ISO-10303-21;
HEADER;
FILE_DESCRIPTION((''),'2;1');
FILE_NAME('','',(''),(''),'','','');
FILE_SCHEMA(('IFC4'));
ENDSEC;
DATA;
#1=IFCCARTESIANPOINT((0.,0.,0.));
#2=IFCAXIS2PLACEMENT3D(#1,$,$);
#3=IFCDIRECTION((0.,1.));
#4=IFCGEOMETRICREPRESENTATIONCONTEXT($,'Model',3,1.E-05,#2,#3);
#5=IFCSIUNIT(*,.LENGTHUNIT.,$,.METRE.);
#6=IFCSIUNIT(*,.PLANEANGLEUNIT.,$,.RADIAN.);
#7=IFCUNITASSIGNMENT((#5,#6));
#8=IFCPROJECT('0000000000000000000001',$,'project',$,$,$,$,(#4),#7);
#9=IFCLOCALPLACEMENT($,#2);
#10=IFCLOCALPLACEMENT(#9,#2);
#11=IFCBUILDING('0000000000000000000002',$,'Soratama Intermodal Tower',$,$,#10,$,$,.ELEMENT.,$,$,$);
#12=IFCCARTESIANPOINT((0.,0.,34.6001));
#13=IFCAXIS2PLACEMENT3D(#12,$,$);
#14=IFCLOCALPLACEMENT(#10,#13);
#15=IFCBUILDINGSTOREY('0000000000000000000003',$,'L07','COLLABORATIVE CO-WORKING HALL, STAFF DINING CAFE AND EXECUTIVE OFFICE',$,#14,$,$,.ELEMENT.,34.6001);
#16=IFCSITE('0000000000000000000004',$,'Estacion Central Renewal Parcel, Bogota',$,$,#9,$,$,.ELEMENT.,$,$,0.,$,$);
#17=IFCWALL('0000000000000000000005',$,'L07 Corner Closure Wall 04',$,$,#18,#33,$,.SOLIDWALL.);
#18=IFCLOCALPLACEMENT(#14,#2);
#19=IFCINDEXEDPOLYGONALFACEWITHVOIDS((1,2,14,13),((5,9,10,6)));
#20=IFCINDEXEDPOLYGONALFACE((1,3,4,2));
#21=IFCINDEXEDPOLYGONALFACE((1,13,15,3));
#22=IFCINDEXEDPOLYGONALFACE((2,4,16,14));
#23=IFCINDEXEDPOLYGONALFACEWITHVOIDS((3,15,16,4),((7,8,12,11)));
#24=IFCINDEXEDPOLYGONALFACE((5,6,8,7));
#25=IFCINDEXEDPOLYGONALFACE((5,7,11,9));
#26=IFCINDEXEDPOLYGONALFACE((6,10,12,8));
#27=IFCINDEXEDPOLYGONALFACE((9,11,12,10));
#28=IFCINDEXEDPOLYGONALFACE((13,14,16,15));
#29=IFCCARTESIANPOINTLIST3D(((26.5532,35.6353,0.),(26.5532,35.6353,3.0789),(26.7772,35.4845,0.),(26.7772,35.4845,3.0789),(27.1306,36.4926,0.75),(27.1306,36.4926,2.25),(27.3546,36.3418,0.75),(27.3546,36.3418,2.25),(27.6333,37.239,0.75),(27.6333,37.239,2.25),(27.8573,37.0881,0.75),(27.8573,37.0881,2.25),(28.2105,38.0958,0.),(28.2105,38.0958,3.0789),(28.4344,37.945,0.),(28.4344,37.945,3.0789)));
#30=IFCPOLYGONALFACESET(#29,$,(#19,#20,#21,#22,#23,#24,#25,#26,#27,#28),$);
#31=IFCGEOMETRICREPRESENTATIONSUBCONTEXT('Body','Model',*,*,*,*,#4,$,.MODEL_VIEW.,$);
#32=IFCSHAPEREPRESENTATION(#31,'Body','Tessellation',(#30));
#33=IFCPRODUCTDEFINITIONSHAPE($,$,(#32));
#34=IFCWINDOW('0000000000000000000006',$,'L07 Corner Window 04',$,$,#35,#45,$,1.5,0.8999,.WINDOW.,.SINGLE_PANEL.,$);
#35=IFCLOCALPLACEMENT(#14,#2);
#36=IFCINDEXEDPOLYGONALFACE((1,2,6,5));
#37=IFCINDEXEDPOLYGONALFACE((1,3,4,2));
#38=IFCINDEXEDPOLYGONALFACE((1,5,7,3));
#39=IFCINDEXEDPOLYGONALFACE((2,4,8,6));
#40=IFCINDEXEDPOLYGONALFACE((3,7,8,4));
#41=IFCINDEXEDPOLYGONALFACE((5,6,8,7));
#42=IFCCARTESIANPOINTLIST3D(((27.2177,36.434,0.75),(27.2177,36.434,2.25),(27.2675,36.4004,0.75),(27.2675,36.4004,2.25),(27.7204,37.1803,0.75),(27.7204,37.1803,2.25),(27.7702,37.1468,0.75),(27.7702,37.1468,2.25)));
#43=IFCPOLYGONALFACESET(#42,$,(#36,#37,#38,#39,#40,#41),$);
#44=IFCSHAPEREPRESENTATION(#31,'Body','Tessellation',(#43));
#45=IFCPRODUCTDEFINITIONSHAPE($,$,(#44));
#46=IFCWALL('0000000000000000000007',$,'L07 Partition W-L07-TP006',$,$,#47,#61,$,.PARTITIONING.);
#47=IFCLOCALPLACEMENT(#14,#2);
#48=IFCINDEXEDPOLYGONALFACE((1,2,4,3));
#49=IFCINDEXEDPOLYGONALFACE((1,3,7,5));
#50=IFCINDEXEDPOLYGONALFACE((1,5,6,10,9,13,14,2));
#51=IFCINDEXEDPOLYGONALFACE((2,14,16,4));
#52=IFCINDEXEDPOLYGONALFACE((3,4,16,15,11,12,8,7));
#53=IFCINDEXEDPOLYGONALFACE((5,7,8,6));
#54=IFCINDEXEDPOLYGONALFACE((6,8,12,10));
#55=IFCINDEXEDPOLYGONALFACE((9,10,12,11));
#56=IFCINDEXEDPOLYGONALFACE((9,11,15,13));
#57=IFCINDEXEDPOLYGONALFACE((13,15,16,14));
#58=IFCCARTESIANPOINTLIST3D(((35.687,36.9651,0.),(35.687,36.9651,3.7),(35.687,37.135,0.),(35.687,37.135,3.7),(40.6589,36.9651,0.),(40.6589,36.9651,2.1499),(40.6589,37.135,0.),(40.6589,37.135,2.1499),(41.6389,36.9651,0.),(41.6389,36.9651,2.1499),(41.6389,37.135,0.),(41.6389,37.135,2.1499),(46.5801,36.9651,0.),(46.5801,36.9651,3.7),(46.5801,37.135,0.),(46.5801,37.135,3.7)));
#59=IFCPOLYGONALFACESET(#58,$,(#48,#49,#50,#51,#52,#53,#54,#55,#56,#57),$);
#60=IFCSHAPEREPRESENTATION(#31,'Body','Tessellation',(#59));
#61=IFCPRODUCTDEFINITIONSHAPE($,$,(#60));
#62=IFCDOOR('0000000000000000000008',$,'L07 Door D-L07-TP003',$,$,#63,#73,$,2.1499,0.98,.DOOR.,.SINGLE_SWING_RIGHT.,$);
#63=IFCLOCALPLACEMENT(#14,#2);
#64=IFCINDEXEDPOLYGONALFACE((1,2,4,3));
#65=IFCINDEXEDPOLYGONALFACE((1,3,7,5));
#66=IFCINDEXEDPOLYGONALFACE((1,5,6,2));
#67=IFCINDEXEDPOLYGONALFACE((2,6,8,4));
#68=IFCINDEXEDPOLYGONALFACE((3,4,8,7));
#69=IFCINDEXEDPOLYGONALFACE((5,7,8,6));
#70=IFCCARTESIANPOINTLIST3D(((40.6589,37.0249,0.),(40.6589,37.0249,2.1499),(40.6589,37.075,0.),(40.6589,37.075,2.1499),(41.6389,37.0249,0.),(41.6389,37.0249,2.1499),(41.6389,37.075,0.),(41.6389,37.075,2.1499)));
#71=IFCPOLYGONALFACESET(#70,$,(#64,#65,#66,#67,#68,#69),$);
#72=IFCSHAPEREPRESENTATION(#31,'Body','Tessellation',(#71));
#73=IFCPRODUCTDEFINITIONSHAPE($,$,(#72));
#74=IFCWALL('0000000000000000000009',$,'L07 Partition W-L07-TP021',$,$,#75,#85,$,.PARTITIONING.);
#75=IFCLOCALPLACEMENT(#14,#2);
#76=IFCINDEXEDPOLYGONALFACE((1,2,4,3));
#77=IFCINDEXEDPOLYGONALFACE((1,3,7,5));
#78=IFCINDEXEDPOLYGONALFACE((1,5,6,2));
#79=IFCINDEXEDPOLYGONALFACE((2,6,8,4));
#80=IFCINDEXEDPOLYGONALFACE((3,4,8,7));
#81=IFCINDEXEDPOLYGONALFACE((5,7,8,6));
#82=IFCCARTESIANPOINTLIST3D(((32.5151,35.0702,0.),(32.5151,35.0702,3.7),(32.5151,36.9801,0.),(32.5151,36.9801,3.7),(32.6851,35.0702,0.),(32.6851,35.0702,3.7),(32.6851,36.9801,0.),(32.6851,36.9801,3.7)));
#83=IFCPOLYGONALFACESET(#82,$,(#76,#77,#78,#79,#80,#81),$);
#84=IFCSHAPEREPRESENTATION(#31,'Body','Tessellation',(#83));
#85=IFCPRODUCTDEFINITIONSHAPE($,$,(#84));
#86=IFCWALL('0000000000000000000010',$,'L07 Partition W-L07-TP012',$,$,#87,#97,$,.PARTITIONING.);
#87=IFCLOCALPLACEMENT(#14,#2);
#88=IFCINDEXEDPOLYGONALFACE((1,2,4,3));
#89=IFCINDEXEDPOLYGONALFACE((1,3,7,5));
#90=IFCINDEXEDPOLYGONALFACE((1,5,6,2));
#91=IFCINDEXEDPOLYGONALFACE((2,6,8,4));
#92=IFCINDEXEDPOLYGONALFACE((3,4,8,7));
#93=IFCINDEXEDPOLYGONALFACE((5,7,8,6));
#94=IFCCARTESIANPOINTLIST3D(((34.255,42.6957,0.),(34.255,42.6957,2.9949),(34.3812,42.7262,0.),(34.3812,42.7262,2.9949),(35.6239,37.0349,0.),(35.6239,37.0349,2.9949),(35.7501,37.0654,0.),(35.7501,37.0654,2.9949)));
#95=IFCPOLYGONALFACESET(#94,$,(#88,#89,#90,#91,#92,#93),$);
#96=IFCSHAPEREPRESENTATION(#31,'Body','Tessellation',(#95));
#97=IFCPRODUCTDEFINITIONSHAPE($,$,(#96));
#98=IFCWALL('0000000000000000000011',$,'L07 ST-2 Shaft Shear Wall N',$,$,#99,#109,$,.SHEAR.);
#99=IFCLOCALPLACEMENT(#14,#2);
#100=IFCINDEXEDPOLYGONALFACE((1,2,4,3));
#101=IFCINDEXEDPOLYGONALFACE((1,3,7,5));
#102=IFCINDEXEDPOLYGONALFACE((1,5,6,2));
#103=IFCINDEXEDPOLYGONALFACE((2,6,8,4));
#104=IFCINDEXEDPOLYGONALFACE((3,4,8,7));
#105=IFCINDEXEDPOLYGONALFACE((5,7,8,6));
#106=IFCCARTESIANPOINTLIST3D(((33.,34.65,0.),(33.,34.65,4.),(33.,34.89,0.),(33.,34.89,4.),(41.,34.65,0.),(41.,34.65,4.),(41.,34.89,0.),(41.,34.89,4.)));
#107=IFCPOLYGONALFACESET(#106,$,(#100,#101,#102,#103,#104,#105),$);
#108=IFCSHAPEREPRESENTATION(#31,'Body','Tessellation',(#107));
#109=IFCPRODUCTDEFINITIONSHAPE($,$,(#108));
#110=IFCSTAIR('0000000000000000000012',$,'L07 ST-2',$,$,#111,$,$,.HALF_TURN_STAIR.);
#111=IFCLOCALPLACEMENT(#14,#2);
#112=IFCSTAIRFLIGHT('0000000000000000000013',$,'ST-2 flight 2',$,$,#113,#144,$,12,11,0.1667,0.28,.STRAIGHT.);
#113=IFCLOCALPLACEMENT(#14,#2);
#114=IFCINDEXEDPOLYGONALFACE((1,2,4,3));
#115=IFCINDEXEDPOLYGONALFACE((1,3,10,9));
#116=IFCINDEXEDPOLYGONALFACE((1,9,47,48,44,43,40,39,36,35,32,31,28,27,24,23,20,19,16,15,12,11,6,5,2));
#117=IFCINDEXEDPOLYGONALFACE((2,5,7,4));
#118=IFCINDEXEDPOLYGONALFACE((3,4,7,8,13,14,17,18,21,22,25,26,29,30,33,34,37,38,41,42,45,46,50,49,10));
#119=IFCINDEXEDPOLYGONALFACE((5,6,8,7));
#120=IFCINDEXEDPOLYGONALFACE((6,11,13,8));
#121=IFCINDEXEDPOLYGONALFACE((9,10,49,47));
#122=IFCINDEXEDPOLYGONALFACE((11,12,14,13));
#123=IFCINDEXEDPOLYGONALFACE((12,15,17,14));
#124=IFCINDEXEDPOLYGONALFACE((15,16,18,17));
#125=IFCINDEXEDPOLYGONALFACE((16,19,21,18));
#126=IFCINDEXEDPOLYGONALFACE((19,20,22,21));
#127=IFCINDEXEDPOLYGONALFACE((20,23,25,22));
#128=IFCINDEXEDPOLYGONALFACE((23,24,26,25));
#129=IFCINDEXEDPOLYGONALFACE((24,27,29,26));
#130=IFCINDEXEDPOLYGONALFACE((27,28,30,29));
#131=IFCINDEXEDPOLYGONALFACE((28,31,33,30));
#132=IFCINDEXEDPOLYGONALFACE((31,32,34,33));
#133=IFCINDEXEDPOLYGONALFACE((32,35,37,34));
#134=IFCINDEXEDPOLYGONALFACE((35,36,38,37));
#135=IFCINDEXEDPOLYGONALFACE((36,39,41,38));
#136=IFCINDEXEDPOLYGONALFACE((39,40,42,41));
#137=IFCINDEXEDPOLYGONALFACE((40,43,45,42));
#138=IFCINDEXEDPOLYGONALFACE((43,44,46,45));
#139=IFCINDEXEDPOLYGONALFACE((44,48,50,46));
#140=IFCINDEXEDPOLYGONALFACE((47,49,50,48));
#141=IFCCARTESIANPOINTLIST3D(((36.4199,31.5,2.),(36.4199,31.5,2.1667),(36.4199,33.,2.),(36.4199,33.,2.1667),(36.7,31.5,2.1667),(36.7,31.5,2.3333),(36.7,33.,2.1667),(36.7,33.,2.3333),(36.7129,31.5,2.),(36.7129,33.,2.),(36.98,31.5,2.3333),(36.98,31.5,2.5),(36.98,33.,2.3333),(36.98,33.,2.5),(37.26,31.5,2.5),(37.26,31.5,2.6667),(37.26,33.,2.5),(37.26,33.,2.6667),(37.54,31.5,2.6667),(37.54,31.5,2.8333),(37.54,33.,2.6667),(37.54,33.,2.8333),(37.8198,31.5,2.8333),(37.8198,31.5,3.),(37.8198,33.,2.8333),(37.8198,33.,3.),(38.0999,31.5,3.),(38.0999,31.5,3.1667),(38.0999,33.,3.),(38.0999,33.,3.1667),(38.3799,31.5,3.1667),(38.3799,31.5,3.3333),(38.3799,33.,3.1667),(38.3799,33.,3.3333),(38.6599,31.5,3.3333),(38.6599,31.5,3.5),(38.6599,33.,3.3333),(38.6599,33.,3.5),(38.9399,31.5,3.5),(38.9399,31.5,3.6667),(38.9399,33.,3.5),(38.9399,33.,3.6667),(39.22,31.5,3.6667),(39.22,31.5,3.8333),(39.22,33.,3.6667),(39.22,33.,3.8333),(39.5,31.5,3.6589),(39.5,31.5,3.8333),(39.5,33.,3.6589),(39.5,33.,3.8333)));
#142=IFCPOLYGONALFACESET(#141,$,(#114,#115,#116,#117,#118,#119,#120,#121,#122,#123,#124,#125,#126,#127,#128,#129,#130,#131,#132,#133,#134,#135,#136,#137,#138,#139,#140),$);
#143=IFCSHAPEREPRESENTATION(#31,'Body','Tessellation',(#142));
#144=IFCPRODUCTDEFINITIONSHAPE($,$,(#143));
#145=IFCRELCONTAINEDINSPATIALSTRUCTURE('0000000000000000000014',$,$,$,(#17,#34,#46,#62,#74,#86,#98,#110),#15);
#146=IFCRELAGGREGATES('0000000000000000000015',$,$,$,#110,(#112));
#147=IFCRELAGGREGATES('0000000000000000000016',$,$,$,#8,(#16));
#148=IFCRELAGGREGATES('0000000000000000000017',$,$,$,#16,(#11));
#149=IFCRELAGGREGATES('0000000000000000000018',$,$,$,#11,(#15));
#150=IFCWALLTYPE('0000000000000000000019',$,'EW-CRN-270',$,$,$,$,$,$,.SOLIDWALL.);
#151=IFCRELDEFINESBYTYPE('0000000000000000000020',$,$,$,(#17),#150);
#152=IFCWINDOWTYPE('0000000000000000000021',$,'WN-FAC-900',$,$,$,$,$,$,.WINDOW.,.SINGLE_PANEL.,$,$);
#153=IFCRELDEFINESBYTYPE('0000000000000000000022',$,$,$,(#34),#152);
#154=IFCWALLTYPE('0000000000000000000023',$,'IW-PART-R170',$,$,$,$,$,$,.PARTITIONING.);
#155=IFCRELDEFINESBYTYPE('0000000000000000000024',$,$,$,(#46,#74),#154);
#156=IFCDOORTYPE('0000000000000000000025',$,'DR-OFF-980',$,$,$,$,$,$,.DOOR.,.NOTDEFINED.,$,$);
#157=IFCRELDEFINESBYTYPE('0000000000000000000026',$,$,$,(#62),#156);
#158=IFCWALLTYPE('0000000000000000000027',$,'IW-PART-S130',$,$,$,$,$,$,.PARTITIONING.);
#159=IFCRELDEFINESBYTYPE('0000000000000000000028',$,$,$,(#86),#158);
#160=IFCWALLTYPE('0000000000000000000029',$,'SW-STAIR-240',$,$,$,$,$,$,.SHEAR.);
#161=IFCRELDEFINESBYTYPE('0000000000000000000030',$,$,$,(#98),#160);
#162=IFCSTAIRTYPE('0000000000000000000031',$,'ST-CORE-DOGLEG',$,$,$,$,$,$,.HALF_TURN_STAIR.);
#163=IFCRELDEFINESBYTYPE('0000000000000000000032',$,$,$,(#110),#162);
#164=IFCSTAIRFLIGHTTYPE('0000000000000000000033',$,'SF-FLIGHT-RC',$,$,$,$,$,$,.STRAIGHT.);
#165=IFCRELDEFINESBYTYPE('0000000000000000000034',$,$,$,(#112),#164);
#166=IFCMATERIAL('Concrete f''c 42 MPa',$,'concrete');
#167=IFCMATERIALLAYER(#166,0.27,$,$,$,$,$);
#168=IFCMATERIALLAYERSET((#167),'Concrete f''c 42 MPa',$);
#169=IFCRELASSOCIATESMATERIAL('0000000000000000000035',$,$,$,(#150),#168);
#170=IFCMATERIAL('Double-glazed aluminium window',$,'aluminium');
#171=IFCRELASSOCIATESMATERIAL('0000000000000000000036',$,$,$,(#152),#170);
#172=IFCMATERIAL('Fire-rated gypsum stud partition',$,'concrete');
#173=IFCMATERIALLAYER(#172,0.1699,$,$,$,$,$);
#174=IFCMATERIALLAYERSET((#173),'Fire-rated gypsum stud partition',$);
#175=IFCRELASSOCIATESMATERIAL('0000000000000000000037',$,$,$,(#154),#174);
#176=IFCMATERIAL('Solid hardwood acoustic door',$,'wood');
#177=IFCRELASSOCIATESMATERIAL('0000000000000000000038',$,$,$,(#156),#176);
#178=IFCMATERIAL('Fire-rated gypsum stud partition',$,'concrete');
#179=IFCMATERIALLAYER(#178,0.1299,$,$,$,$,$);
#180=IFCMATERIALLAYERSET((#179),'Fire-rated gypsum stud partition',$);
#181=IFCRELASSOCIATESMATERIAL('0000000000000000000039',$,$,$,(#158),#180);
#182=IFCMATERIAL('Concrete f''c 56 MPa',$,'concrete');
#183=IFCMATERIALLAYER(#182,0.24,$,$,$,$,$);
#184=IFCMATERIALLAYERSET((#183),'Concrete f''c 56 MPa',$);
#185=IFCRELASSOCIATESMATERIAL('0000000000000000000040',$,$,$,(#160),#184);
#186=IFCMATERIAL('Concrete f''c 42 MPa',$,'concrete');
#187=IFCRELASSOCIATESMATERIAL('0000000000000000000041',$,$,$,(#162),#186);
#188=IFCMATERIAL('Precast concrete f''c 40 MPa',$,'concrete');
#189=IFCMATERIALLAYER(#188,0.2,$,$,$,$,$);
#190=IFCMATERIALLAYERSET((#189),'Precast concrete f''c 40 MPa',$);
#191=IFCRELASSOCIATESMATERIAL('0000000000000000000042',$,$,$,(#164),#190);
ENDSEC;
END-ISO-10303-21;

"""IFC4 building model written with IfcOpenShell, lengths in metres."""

from ifc_helpers import new_model, si_unit, direction, frame, frame_2d, origin, place, context, subcontext, project, spatial, polyline, rectangle, outline, extrude, material, layer, layer_set, type_object, element, fill, aggregate, save


model = new_model("IFC4")

# Units and contexts
model_context = context("Model", 3, precision=1e-05, world=origin(), true_north=direction((0.0, 1.0)))
body_context = subcontext(model_context, "Body", "Model", "MODEL_VIEW")
ifc_project = project(units=[si_unit("LENGTHUNIT", "METRE"), si_unit("PLANEANGLEUNIT", "RADIAN")], contexts=[model_context])

# Site, building, storey
site_placement = place(None, origin())
site = spatial("IfcSite", under=ifc_project, at=site_placement, Name="Estacion Central Renewal Parcel, Bogota", CompositionType="ELEMENT", RefElevation=0.0)
building_placement = place(site_placement, origin())
building = spatial("IfcBuilding", under=site, at=building_placement, Name="Soratama Intermodal Tower", CompositionType="ELEMENT")
storey_placement = place(building_placement, frame((0.0, 0.0, 34.6001)))
storey = spatial("IfcBuildingStorey", under=building, at=storey_placement, Name="L07", Description="COLLABORATIVE CO-WORKING HALL, STAFF DINING CAFE AND EXECUTIVE OFFICE", CompositionType="ELEMENT", Elevation=34.6001)

# Wall, opening, window
ifc_material_1 = material(Name="Concrete f'c 42 MPa", Category="concrete")
ifc_layer_1 = layer(ifc_material_1, 0.27)
ifc_layer_set_1 = layer_set([ifc_layer_1], Name="Concrete f'c 42 MPa")
wall_type_1 = type_object("IfcWallType", Name="EW-CRN-270", PredefinedType="SOLIDWALL", material=ifc_layer_set_1)
wall_1_placement = place(storey_placement, frame((28.3225, 38.0205, 0.0), z_axis=(0.0, 0.0, 1.0), x_axis=(-0.558644, -0.829407, 0.0)))
wall_1 = element("IfcWall", 1, at=wall_1_placement, inside=storey, type_object=wall_type_1, Name="L07 Corner Closure Wall 04", PredefinedType="SOLIDWALL", context=body_context, shape_type="SweptSolid", body=[
    extrude(rectangle(XDim=2.9666, YDim=0.27, at=frame_2d((1.4834, 0.0))), origin(), (0.0, 0.0, 1.0), 3.0789),
])
opening_1_placement = place(wall_1_placement, frame((1.0332, 0.0, 0.75)))
opening_1 = element("IfcOpeningElement", 2, at=opening_1_placement, cuts=wall_1, PredefinedType="OPENING", context=body_context, shape_type="SweptSolid", body=[
    extrude(rectangle(XDim=0.8999, YDim=1.5, at=frame_2d((0.45, 0.75))), frame((0.0, 0.145, 0.0), z_axis=(0.0, -1.0, 0.0), x_axis=(1.0, 0.0, 0.0)), (0.0, 0.0, 1.0), 0.29),
])
ifc_material_2 = material(Name="Double-glazed aluminium window", Category="aluminium")
window_type_1 = type_object("IfcWindowType", Name="WN-FAC-900", PartitioningType="SINGLE_PANEL", PredefinedType="WINDOW", material=ifc_material_2)
window_1_placement = place(opening_1_placement, origin())
window_1 = element("IfcWindow", 3, at=window_1_placement, inside=storey, type_object=window_type_1, Name="L07 Corner Window 04", OverallHeight=1.5, OverallWidth=0.8999, PartitioningType="SINGLE_PANEL", PredefinedType="WINDOW", context=body_context, shape_type="SweptSolid", body=[
    extrude(rectangle(XDim=0.8999, YDim=1.5, at=frame_2d((0.45, 0.75))), frame((0.0, 0.03, 0.0), z_axis=(0.0, -1.0, 0.0), x_axis=(1.0, 0.0, 0.0)), (0.0, 0.0, 1.0), 0.0601),
])
fill(opening_1, window_1)

# Wall, opening, door
ifc_material_3 = material(Name="Fire-rated gypsum stud partition", Category="concrete")
ifc_layer_2 = layer(ifc_material_3, 0.1699)
ifc_layer_set_2 = layer_set([ifc_layer_2], Name="Fire-rated gypsum stud partition")
wall_type_2 = type_object("IfcWallType", Name="IW-PART-R170", PredefinedType="PARTITIONING", material=ifc_layer_set_2)
wall_2_placement = place(storey_placement, frame((35.687, 37.05, 0.0), z_axis=(0.0, 0.0, 1.0), x_axis=(1.0, 0.0, 0.0)))
wall_2 = element("IfcWall", 4, at=wall_2_placement, inside=storey, type_object=wall_type_2, Name="L07 Partition W-L07-TP006", PredefinedType="PARTITIONING", context=body_context, shape_type="SweptSolid", body=[
    extrude(rectangle(XDim=10.8931, YDim=0.1699, at=frame_2d((5.4465, 0.0))), origin(), (0.0, 0.0, 1.0), 3.7),
])
opening_2_placement = place(wall_2_placement, frame((4.9719, 0.0, 0.0)))
opening_2 = element("IfcOpeningElement", 5, at=opening_2_placement, cuts=wall_2, PredefinedType="OPENING", context=body_context, shape_type="SweptSolid", body=[
    extrude(rectangle(XDim=0.98, YDim=2.1499, at=frame_2d((0.49, 1.075))), frame((0.0, 0.095, 0.0), z_axis=(0.0, -1.0, 0.0), x_axis=(1.0, 0.0, 0.0)), (0.0, 0.0, 1.0), 0.1899),
])
ifc_material_4 = material(Name="Solid hardwood acoustic door", Category="wood")
door_type_1 = type_object("IfcDoorType", Name="DR-OFF-980", OperationType="NOTDEFINED", PredefinedType="DOOR", material=ifc_material_4)
door_1_placement = place(opening_2_placement, origin())
door_1 = element("IfcDoor", 6, at=door_1_placement, inside=storey, type_object=door_type_1, Name="L07 Door D-L07-TP003", OperationType="SINGLE_SWING_RIGHT", OverallHeight=2.1499, OverallWidth=0.98, PredefinedType="DOOR", context=body_context, shape_type="SweptSolid", body=[
    extrude(rectangle(XDim=0.98, YDim=2.1499, at=frame_2d((0.49, 1.075))), frame((0.0, 0.0249, 0.0), z_axis=(0.0, -1.0, 0.0), x_axis=(1.0, 0.0, 0.0)), (0.0, 0.0, 1.0), 0.05),
])
fill(opening_2, door_1)

# Walls
wall_3_placement = place(storey_placement, frame((32.6001, 35.0701, 0.0), z_axis=(0.0, 0.0, 1.0), x_axis=(0.0, 1.0, 0.0)))
element("IfcWall", 7, at=wall_3_placement, inside=storey, type_object=wall_type_2, Name="L07 Partition W-L07-TP021", PredefinedType="PARTITIONING", context=body_context, shape_type="SweptSolid", body=[
    extrude(rectangle(XDim=1.9099, YDim=0.1699, at=frame_2d((0.9551, 0.0))), origin(), (0.0, 0.0, 1.0), 3.7),
])
ifc_material_5 = material(Name="Fire-rated gypsum stud partition", Category="concrete")
ifc_layer_3 = layer(ifc_material_5, 0.1299)
ifc_layer_set_3 = layer_set([ifc_layer_3], Name="Fire-rated gypsum stud partition")
wall_type_3 = type_object("IfcWallType", Name="IW-PART-S130", PredefinedType="PARTITIONING", material=ifc_layer_set_3)
wall_4_placement = place(storey_placement, frame((35.687, 37.05, 0.0), z_axis=(0.0, 0.0, 1.0), x_axis=(-0.235042, 0.971985, 0.0)))
element("IfcWall", 8, at=wall_4_placement, inside=storey, type_object=wall_type_3, Name="L07 Partition W-L07-TP012", PredefinedType="PARTITIONING", context=body_context, shape_type="SweptSolid", body=[
    extrude(rectangle(XDim=5.824, YDim=0.1299, at=frame_2d((2.9121, 0.0))), origin(), (0.0, 0.0, 1.0), 2.9949),
])
ifc_material_6 = material(Name="Concrete f'c 56 MPa", Category="concrete")
ifc_layer_4 = layer(ifc_material_6, 0.24)
ifc_layer_set_4 = layer_set([ifc_layer_4], Name="Concrete f'c 56 MPa")
wall_type_4 = type_object("IfcWallType", Name="SW-STAIR-240", PredefinedType="SHEAR", material=ifc_layer_set_4)
wall_5_placement = place(storey_placement, frame((33.0, 34.77, 0.0), z_axis=(0.0, 0.0, 1.0), x_axis=(1.0, 0.0, 0.0)))
element("IfcWall", 9, at=wall_5_placement, inside=storey, type_object=wall_type_4, Name="L07 ST-2 Shaft Shear Wall N", PredefinedType="SHEAR", context=body_context, shape_type="SweptSolid", body=[
    extrude(rectangle(XDim=8.0, YDim=0.24, at=frame_2d((4.0, 0.0))), origin(), (0.0, 0.0, 1.0), 4.0),
])

# Stair, stair flight
ifc_material_7 = material(Name="Concrete f'c 42 MPa", Category="concrete")
stair_type = type_object("IfcStairType", Name="ST-CORE-DOGLEG", PredefinedType="HALF_TURN_STAIR", material=ifc_material_7)
stair_placement = place(storey_placement, origin())
stair = element("IfcStair", 10, at=stair_placement, inside=storey, type_object=stair_type, Name="L07 ST-2", PredefinedType="HALF_TURN_STAIR")
ifc_material_8 = material(Name="Precast concrete f'c 40 MPa", Category="concrete")
ifc_layer_5 = layer(ifc_material_8, 0.2)
ifc_layer_set_5 = layer_set([ifc_layer_5], Name="Precast concrete f'c 40 MPa")
stair_flight_type = type_object("IfcStairFlightType", Name="SF-FLIGHT-RC", PredefinedType="STRAIGHT", material=ifc_layer_set_5)
stair_flight_placement = place(storey_placement, frame((36.4199, 32.25, 2.0), z_axis=(0.0, 0.0, 1.0), x_axis=(1.0, 0.0, 0.0)))
stair_flight = element("IfcStairFlight", 11, at=stair_flight_placement, type_object=stair_flight_type, Name="ST-2 flight 2", NumberOfRisers=12, NumberOfTreads=11, PredefinedType="STRAIGHT", RiserHeight=0.1667, TreadLength=0.28, context=body_context, shape_type="SweptSolid", body=[
    extrude(outline(polyline([(0.0, 0.0), (0.0, 0.1667), (0.28, 0.1667), (0.28, 0.3333), (0.5601, 0.3333), (0.5601, 0.5), (0.8401, 0.5), (0.8401, 0.6667), (1.1201, 0.6667), (1.1201, 0.8333), (1.3999, 0.8333), (1.3999, 1.0), (1.6799, 1.0), (1.6799, 1.1667), (1.96, 1.1667), (1.96, 1.3333), (2.24, 1.3333), (2.24, 1.5), (2.52, 1.5), (2.52, 1.6667), (2.8, 1.6667), (2.8, 1.8333), (3.0801, 1.8333), (3.0801, 2.0), (3.0801, 1.6589), (0.293, 0.0), (0.0, 0.0)])), frame((0.0, 0.75, 0.0), z_axis=(0.0, -1.0, 0.0), x_axis=(1.0, 0.0, 0.0)), (0.0, 0.0, 1.0), 1.5),
])
aggregate(stair, [stair_flight])

save(model, "model.ifc")
